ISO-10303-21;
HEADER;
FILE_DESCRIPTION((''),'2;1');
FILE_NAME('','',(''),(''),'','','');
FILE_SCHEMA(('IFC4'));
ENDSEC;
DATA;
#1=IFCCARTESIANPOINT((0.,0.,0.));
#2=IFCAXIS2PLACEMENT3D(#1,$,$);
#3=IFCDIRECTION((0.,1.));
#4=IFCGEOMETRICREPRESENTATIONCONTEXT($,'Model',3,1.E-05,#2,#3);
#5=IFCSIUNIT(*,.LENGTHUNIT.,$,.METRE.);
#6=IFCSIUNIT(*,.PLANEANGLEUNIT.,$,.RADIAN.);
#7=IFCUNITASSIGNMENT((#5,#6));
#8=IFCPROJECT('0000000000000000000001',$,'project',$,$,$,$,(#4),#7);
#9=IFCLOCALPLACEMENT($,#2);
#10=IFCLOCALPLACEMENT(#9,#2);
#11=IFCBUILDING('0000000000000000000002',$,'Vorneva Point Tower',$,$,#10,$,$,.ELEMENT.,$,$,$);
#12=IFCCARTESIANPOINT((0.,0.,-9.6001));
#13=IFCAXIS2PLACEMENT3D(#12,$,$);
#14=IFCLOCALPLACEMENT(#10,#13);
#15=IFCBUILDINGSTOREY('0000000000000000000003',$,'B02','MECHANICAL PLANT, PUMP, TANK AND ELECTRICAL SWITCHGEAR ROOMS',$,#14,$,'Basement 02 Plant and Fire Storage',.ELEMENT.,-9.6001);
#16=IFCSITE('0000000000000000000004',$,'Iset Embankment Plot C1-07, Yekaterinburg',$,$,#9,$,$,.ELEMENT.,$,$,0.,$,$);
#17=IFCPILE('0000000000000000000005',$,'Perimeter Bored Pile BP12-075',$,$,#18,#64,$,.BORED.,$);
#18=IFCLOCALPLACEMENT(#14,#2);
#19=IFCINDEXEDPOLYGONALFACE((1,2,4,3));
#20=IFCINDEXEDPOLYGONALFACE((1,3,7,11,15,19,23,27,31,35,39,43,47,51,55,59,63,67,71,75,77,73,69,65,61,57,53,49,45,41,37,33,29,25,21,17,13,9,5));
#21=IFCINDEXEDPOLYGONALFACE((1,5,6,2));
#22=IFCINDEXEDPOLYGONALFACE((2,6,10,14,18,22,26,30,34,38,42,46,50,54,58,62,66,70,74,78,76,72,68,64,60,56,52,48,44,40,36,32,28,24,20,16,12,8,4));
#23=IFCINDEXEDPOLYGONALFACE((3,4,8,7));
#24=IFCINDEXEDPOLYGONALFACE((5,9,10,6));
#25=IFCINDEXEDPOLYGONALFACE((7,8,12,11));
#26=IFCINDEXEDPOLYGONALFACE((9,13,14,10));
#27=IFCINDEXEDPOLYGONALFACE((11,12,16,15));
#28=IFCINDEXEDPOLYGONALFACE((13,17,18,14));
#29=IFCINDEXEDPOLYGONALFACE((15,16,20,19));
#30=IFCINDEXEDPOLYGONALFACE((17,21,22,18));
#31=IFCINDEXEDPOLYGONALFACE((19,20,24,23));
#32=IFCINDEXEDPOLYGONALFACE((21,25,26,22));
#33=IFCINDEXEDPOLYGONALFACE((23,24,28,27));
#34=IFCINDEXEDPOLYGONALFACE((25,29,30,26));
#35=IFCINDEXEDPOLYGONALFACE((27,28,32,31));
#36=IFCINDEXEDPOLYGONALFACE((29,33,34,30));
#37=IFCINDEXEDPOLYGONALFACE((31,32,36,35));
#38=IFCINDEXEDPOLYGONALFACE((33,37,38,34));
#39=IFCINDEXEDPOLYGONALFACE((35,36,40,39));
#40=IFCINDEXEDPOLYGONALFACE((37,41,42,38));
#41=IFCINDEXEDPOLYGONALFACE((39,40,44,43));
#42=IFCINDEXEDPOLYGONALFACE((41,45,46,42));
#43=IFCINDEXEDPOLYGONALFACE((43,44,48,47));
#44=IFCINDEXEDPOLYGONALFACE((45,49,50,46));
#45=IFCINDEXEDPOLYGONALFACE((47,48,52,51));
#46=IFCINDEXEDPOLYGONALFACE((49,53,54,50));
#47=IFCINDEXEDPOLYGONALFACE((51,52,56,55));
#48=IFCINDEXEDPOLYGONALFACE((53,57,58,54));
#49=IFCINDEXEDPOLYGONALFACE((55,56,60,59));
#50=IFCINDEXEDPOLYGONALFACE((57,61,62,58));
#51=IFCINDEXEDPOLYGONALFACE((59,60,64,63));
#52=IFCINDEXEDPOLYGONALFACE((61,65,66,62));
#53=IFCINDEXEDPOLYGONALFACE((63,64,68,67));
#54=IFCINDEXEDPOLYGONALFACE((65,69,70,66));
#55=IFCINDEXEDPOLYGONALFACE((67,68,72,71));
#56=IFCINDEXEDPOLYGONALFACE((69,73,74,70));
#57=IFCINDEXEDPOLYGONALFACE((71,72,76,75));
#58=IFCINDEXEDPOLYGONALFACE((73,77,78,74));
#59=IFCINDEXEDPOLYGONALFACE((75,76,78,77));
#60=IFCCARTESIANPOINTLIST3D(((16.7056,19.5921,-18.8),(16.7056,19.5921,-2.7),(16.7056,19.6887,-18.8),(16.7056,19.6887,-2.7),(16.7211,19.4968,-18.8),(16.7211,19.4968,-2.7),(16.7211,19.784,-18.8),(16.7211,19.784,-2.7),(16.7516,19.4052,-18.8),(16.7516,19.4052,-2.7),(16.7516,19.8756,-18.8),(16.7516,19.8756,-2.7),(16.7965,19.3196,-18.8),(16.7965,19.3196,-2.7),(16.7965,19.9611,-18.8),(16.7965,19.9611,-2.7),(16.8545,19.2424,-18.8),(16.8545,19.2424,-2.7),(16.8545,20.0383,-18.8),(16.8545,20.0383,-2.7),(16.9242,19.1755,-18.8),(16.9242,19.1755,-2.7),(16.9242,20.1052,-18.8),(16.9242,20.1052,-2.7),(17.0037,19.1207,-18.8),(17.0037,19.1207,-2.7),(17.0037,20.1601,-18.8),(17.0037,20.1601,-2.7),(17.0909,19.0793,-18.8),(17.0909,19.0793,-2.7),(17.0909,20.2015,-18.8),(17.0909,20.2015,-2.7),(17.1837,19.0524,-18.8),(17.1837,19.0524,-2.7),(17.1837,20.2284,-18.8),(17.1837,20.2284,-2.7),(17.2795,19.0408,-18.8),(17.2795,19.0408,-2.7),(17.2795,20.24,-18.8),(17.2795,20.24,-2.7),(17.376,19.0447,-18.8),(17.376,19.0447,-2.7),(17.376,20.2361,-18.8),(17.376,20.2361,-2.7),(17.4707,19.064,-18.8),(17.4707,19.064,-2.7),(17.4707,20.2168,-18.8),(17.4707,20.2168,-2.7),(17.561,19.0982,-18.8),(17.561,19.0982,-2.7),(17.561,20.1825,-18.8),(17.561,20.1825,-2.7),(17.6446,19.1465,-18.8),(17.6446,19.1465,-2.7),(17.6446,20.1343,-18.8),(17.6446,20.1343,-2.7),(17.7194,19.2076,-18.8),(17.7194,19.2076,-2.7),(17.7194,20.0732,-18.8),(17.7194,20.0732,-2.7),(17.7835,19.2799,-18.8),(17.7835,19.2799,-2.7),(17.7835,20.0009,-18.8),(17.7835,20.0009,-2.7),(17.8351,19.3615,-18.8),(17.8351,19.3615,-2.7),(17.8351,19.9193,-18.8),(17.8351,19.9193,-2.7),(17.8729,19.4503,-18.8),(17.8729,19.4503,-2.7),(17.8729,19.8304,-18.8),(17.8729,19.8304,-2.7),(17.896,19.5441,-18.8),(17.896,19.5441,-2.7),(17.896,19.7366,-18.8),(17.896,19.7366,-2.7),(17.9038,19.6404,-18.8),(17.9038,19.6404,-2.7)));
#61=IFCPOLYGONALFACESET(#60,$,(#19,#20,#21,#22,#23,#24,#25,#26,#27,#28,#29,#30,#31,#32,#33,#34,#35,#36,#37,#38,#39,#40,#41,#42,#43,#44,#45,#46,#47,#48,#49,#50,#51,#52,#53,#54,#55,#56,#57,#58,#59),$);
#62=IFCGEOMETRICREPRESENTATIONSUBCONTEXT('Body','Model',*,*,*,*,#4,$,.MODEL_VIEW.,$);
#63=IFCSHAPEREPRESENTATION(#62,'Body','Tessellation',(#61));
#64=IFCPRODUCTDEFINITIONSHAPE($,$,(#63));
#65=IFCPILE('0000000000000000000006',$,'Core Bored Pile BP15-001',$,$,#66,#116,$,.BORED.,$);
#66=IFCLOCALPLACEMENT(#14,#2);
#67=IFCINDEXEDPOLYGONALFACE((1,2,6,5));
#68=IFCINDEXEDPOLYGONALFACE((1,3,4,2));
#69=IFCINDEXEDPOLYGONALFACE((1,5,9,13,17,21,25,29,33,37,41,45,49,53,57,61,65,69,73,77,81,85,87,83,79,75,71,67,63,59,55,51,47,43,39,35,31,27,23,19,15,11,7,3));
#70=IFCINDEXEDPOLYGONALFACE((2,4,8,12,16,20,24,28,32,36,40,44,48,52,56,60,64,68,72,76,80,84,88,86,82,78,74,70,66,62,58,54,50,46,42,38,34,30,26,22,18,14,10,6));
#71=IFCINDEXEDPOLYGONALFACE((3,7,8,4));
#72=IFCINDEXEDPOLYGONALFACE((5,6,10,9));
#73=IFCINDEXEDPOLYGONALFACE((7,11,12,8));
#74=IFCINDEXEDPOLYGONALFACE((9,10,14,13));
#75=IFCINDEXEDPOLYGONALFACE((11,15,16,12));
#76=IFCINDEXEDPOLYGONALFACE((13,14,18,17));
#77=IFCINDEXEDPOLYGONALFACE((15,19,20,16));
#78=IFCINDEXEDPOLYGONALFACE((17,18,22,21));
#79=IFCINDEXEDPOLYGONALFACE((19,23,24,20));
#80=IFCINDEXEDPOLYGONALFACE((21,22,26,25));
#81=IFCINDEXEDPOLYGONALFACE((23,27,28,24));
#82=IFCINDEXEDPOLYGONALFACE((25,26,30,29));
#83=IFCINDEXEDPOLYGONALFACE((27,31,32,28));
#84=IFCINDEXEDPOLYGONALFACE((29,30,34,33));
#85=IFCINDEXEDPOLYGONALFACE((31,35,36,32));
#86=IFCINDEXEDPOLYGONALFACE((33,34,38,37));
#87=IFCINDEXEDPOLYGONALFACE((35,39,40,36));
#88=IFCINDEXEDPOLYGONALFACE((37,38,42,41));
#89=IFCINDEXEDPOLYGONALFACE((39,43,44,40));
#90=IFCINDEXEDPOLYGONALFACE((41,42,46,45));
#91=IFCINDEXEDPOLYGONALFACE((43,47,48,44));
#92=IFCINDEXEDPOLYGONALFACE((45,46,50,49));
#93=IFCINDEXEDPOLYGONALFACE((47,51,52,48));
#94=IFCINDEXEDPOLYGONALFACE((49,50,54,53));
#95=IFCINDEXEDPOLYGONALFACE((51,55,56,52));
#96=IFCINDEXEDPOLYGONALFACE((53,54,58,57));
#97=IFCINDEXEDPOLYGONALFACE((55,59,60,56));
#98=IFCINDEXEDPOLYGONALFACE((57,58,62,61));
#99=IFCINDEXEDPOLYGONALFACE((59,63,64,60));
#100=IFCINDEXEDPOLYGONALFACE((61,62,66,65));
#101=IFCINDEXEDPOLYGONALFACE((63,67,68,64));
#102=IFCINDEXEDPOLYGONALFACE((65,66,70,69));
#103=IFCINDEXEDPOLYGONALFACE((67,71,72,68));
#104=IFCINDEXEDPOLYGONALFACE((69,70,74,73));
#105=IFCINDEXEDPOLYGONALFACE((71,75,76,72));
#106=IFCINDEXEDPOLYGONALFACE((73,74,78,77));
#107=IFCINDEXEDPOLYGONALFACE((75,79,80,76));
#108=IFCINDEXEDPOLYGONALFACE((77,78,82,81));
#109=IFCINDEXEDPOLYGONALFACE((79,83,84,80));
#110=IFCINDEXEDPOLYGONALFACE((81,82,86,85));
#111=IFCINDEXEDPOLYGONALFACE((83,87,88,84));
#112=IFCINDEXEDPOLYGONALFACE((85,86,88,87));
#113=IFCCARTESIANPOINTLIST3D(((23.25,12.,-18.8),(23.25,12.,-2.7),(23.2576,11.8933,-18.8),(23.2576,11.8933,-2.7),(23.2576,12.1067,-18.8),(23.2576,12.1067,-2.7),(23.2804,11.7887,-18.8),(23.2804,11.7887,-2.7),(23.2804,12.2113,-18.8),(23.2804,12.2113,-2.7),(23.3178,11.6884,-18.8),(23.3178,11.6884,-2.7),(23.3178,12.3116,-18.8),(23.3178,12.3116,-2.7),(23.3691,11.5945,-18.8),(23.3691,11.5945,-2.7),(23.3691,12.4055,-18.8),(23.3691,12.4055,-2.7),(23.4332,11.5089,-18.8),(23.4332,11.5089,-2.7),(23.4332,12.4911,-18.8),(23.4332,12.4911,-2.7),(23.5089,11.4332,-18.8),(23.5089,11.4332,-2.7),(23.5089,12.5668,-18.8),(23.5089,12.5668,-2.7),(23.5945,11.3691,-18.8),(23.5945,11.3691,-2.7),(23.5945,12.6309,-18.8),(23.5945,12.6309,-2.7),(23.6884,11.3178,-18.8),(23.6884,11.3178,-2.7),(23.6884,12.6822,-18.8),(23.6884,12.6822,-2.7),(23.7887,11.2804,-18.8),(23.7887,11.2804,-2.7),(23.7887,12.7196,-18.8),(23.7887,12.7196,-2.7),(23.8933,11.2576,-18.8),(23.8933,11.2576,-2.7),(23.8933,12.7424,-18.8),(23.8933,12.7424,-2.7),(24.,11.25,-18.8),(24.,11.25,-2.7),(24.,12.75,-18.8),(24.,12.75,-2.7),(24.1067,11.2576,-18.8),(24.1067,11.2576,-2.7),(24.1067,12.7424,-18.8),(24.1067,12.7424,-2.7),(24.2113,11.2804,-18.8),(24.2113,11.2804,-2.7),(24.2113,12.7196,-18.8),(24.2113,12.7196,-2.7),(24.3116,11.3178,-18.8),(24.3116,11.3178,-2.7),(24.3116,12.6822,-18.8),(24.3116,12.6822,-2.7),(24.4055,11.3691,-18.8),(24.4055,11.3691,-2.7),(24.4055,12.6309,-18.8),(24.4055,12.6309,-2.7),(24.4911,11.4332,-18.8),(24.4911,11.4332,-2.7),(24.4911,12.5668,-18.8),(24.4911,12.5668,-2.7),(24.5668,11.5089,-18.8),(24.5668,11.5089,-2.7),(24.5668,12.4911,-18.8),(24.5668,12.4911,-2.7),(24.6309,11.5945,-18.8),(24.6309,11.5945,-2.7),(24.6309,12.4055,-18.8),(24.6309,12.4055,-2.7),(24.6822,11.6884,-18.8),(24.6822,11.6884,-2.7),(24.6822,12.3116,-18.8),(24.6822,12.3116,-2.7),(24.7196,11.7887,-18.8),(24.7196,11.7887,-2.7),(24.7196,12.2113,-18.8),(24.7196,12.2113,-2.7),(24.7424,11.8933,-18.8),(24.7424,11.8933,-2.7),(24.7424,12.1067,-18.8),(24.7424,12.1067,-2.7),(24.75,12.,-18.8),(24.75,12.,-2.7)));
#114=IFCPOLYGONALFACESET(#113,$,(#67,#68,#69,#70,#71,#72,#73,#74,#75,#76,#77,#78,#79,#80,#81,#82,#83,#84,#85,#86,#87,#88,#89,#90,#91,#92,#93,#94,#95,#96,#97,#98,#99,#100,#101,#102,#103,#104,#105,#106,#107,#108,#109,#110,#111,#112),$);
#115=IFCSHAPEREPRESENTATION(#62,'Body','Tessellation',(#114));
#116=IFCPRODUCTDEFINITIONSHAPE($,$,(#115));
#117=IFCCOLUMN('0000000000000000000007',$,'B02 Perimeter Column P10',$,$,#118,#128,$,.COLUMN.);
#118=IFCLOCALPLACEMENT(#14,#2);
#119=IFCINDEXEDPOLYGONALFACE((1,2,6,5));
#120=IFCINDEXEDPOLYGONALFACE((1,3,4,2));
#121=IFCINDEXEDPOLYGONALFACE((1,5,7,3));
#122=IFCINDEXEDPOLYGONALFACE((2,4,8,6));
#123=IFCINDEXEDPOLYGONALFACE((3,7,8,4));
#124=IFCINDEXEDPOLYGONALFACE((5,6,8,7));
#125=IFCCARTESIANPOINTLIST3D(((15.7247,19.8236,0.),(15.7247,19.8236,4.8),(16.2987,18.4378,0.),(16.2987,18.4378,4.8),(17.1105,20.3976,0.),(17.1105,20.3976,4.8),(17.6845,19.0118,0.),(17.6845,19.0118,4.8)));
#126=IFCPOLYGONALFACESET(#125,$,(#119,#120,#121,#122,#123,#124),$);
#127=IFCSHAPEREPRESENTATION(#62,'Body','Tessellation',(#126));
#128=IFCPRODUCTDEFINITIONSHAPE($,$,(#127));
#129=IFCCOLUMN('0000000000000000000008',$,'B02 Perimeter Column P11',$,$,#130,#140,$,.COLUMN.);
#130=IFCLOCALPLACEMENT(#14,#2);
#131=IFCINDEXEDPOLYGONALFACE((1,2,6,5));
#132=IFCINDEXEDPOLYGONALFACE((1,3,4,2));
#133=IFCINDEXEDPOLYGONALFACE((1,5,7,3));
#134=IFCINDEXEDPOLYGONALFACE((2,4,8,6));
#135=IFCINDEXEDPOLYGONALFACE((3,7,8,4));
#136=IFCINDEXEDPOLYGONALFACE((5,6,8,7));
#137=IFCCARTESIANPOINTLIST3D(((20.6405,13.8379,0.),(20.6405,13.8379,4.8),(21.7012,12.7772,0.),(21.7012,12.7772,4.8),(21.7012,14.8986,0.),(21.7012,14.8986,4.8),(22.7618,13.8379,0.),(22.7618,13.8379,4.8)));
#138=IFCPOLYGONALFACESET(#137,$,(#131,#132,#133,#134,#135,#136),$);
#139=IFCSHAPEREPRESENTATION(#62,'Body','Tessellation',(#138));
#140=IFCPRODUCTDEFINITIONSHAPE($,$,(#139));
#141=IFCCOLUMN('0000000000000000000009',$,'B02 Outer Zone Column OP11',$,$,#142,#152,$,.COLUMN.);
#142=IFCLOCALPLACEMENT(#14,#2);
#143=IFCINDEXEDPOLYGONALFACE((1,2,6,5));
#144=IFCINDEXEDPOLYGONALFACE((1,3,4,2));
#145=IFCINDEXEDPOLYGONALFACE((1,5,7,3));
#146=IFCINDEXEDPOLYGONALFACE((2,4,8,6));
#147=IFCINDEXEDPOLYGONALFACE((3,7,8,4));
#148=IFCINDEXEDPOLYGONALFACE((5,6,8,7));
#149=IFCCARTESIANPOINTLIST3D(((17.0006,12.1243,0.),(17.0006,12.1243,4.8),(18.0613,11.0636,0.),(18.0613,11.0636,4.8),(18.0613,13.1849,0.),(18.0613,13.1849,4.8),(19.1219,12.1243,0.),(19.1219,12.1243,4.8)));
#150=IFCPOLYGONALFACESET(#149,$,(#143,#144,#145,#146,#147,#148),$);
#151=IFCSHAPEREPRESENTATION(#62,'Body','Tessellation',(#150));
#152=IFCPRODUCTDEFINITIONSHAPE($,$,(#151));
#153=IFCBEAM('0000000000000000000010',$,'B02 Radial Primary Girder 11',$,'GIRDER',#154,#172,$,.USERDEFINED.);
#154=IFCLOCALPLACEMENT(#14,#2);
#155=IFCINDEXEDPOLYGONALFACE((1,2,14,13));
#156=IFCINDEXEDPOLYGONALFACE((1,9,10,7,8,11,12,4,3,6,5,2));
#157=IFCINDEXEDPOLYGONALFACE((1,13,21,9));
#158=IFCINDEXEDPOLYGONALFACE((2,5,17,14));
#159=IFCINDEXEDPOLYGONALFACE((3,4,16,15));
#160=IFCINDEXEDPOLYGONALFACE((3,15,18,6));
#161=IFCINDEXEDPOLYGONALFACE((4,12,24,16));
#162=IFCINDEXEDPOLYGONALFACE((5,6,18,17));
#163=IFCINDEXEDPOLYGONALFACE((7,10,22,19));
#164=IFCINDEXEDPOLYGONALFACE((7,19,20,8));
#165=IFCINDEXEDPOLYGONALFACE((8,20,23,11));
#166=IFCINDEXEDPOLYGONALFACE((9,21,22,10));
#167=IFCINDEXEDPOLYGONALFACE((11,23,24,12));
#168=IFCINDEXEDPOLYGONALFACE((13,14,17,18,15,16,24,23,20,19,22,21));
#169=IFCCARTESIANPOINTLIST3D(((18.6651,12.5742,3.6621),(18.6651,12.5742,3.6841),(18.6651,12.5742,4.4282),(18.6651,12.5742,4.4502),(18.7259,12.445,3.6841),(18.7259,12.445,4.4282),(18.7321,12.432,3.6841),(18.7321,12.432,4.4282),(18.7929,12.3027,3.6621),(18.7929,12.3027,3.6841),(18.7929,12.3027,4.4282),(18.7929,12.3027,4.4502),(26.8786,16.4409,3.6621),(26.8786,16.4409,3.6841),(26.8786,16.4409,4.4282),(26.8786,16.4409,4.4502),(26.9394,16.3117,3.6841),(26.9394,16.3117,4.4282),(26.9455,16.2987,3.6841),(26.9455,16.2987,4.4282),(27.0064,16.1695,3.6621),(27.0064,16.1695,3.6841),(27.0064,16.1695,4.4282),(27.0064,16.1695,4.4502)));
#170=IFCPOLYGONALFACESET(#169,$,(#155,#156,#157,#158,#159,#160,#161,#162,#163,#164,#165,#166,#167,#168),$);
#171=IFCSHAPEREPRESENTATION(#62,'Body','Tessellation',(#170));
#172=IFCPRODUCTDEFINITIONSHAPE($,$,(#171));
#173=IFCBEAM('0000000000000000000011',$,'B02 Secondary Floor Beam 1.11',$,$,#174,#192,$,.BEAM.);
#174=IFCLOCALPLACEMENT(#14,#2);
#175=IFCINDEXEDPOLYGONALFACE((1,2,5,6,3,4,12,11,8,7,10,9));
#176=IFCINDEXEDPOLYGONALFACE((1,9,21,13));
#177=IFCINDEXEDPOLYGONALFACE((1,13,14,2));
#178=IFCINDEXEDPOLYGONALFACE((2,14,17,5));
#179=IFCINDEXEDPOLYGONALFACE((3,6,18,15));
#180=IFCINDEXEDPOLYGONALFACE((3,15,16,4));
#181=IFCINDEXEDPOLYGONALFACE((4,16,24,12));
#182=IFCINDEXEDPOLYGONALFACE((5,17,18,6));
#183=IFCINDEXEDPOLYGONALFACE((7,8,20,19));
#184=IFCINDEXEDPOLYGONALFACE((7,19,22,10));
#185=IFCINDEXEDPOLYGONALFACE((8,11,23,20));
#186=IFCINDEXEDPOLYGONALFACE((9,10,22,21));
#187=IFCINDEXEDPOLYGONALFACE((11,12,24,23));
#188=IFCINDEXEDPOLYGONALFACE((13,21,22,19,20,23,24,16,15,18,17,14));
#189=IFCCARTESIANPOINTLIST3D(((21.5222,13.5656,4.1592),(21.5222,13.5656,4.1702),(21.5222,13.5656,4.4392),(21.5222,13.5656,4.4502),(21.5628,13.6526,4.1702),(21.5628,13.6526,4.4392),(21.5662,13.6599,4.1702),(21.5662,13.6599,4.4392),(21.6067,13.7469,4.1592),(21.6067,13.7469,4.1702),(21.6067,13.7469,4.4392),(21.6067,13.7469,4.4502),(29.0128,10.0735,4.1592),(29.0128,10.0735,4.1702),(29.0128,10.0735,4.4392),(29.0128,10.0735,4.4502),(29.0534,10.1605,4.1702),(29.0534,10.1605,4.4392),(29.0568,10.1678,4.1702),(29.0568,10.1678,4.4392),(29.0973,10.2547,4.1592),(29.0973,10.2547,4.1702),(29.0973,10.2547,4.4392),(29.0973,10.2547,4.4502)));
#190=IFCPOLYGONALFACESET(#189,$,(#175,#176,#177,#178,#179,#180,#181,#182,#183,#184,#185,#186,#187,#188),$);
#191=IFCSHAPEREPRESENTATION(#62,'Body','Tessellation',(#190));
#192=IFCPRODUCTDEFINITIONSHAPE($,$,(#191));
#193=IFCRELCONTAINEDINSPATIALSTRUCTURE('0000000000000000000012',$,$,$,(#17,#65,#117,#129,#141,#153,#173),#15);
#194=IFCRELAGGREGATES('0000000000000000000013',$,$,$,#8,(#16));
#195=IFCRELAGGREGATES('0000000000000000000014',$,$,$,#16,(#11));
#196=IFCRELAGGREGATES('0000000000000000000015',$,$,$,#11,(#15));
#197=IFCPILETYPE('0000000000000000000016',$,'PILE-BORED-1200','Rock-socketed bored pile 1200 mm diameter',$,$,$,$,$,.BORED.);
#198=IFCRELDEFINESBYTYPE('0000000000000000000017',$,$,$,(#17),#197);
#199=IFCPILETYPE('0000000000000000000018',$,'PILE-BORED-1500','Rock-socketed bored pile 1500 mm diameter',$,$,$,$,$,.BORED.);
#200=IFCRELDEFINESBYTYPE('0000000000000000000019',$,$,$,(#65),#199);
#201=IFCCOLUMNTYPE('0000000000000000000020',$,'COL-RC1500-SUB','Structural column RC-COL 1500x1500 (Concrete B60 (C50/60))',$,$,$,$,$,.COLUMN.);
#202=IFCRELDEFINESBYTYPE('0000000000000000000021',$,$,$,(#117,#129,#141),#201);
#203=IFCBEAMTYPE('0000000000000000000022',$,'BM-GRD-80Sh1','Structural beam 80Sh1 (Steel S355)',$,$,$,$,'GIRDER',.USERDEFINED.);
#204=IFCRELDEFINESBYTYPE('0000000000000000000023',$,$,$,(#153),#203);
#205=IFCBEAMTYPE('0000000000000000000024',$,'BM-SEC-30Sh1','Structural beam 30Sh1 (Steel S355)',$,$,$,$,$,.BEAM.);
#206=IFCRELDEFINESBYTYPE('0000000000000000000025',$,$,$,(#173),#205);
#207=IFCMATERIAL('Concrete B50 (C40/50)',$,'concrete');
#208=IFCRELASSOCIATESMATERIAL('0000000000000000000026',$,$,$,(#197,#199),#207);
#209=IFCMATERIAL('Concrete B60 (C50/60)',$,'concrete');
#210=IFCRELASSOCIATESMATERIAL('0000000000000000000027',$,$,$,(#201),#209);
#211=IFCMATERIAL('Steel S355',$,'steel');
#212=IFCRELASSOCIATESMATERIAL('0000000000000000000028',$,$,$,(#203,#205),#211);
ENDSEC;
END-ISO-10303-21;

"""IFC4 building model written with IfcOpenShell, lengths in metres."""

from ifc_helpers import new_model, si_unit, direction, frame, origin, origin_2d, place, context, subcontext, project, spatial, rectangle, circle, i_section, extrude, material, material_profile, profile_set, type_object, element, save


model = new_model("IFC4")

# Units and contexts
model_context = context("Model", 3, precision=1e-05, world=origin(), true_north=direction((0.0, 1.0)))
body_context = subcontext(model_context, "Body", "Model", "MODEL_VIEW")
ifc_project = project(units=[si_unit("LENGTHUNIT", "METRE"), si_unit("PLANEANGLEUNIT", "RADIAN")], contexts=[model_context])

# Site, building, storey
site_placement = place(None, origin())
site = spatial("IfcSite", under=ifc_project, at=site_placement, Name="Iset Embankment Plot C1-07, Yekaterinburg", CompositionType="ELEMENT", RefElevation=0.0)
building_placement = place(site_placement, origin())
building = spatial("IfcBuilding", under=site, at=building_placement, Name="Vorneva Point Tower", CompositionType="ELEMENT")
storey_placement = place(building_placement, frame((0.0, 0.0, -9.6001)))
storey = spatial("IfcBuildingStorey", under=building, at=storey_placement, Name="B02", Description="MECHANICAL PLANT, PUMP, TANK AND ELECTRICAL SWITCHGEAR ROOMS", LongName="Basement 02 Plant and Fire Storage", CompositionType="ELEMENT", Elevation=-9.6001)

# Piles
ifc_material_1 = material(Name="Concrete B50 (C40/50)", Category="concrete")
ifc_material_profile_1 = material_profile(ifc_material_1, circle(Radius=0.6001, at=origin_2d()), Name="PILE-1200")
ifc_profile_set_1 = profile_set([ifc_material_profile_1], Name="Concrete B50 (C40/50)")
pile_type_1 = type_object("IfcPileType", Name="PILE-BORED-1200", Description="Rock-socketed bored pile 1200 mm diameter", PredefinedType="BORED", material=ifc_profile_set_1)
for number, where, z_axis, x_axis, name in (
    (1, (17.3037, 19.6404, -2.7), (0.0, 0.0, -1.0), (1.0, 0.0, 0.0), "Perimeter Bored Pile BP12-075"),
):
    element("IfcPile", number, at=place(storey_placement, frame(where, z_axis=z_axis, x_axis=x_axis)), inside=storey, type_object=pile_type_1, Name=name, PredefinedType="BORED", context=body_context, shape_type="SweptSolid", body=[
        extrude(circle(Radius=0.6001, at=origin_2d()), origin(), (0.0, 0.0, 1.0), 16.1001),
    ])
ifc_material_profile_2 = material_profile(ifc_material_1, circle(Radius=0.75, at=origin_2d()), Name="PILE-1500")
ifc_profile_set_2 = profile_set([ifc_material_profile_2], Name="Concrete B50 (C40/50)")
pile_type_2 = type_object("IfcPileType", Name="PILE-BORED-1500", Description="Rock-socketed bored pile 1500 mm diameter", PredefinedType="BORED", material=ifc_profile_set_2)
pile_placement = place(storey_placement, frame((24.0, 12.0, -2.7), z_axis=(0.0, 0.0, -1.0), x_axis=(1.0, 0.0, 0.0)))
element("IfcPile", 2, at=pile_placement, inside=storey, type_object=pile_type_2, Name="Core Bored Pile BP15-001", PredefinedType="BORED", context=body_context, shape_type="SweptSolid", body=[
    extrude(circle(Radius=0.75, at=origin_2d()), origin(), (0.0, 0.0, 1.0), 16.1001),
])

# Columns
ifc_material_2 = material(Name="Concrete B60 (C50/60)", Category="concrete")
ifc_material_profile_3 = material_profile(ifc_material_2, rectangle(XDim=1.5, YDim=1.5, at=origin_2d()), Name="RC-COL 1500x1500")
ifc_profile_set_3 = profile_set([ifc_material_profile_3], Name="Concrete B60 (C50/60)")
column_type = type_object("IfcColumnType", Name="COL-RC1500-SUB", Description="Structural column RC-COL 1500x1500 (Concrete B60 (C50/60))", PredefinedType="COLUMN", material=ifc_profile_set_3)
for number, where, z_axis, x_axis, name in (
    (3, (16.7046, 19.4177, 0.0), (0.0, 0.0, 1.0), (-0.92388, -0.382683, 0.0), "B02 Perimeter Column P10"),
    (4, (21.7012, 13.8379, 0.0), (0.0, 0.0, 1.0), (-0.707107, -0.707107, 0.0), "B02 Perimeter Column P11"),
    (5, (18.0613, 12.1243, 0.0), (0.0, 0.0, 1.0), (-0.707107, -0.707107, 0.0), "B02 Outer Zone Column OP11"),
):
    element("IfcColumn", number, at=place(storey_placement, frame(where, z_axis=z_axis, x_axis=x_axis)), inside=storey, type_object=column_type, Name=name, PredefinedType="COLUMN", context=body_context, shape_type="SweptSolid", body=[
        extrude(rectangle(XDim=1.5, YDim=1.5, at=origin_2d()), origin(), (0.0, 0.0, 1.0), 4.8),
    ])

# Beams
ifc_material_3 = material(Name="Steel S355", Category="steel")
ifc_material_profile_4 = material_profile(ifc_material_3, i_section(OverallWidth=0.3, OverallDepth=0.7881, WebThickness=0.0144, FlangeThickness=0.022, at=origin_2d()), Name="80Sh1")
ifc_profile_set_4 = profile_set([ifc_material_profile_4], Name="Steel S355")
beam_type_1 = type_object("IfcBeamType", Name="BM-GRD-80Sh1", Description="Structural beam 80Sh1 (Steel S355)", ElementType="GIRDER", PredefinedType="USERDEFINED", material=ifc_profile_set_4)
beam_1_placement = place(storey_placement, frame((18.729, 12.4385, 4.0562), z_axis=(0.904752, 0.425939, 0.0), x_axis=(-0.425939, 0.904752, 0.0)))
element("IfcBeam", 6, at=beam_1_placement, inside=storey, type_object=beam_type_1, Name="B02 Radial Primary Girder 11", ObjectType="GIRDER", PredefinedType="USERDEFINED", context=body_context, shape_type="SweptSolid", body=[
    extrude(i_section(OverallWidth=0.3, OverallDepth=0.7881, WebThickness=0.0144, FlangeThickness=0.022, at=origin_2d()), origin(), (0.0, 0.0, 1.0), 9.0781),
])
ifc_material_profile_5 = material_profile(ifc_material_3, i_section(OverallWidth=0.2, OverallDepth=0.291, WebThickness=0.0081, FlangeThickness=0.011, at=origin_2d()), Name="30Sh1")
ifc_profile_set_5 = profile_set([ifc_material_profile_5], Name="Steel S355")
beam_type_2 = type_object("IfcBeamType", Name="BM-SEC-30Sh1", Description="Structural beam 30Sh1 (Steel S355)", PredefinedType="BEAM", material=ifc_profile_set_5)
beam_2_placement = place(storey_placement, frame((21.5645, 13.6562, 4.3047), z_axis=(0.906345, -0.422539, 0.0), x_axis=(0.422539, 0.906345, 0.0)))
element("IfcBeam", 7, at=beam_2_placement, inside=storey, type_object=beam_type_2, Name="B02 Secondary Floor Beam 1.11", PredefinedType="BEAM", context=body_context, shape_type="SweptSolid", body=[
    extrude(i_section(OverallWidth=0.2, OverallDepth=0.291, WebThickness=0.0081, FlangeThickness=0.011, at=origin_2d()), origin(), (0.0, 0.0, 1.0), 8.2646),
])

save(model, "model.ifc")
